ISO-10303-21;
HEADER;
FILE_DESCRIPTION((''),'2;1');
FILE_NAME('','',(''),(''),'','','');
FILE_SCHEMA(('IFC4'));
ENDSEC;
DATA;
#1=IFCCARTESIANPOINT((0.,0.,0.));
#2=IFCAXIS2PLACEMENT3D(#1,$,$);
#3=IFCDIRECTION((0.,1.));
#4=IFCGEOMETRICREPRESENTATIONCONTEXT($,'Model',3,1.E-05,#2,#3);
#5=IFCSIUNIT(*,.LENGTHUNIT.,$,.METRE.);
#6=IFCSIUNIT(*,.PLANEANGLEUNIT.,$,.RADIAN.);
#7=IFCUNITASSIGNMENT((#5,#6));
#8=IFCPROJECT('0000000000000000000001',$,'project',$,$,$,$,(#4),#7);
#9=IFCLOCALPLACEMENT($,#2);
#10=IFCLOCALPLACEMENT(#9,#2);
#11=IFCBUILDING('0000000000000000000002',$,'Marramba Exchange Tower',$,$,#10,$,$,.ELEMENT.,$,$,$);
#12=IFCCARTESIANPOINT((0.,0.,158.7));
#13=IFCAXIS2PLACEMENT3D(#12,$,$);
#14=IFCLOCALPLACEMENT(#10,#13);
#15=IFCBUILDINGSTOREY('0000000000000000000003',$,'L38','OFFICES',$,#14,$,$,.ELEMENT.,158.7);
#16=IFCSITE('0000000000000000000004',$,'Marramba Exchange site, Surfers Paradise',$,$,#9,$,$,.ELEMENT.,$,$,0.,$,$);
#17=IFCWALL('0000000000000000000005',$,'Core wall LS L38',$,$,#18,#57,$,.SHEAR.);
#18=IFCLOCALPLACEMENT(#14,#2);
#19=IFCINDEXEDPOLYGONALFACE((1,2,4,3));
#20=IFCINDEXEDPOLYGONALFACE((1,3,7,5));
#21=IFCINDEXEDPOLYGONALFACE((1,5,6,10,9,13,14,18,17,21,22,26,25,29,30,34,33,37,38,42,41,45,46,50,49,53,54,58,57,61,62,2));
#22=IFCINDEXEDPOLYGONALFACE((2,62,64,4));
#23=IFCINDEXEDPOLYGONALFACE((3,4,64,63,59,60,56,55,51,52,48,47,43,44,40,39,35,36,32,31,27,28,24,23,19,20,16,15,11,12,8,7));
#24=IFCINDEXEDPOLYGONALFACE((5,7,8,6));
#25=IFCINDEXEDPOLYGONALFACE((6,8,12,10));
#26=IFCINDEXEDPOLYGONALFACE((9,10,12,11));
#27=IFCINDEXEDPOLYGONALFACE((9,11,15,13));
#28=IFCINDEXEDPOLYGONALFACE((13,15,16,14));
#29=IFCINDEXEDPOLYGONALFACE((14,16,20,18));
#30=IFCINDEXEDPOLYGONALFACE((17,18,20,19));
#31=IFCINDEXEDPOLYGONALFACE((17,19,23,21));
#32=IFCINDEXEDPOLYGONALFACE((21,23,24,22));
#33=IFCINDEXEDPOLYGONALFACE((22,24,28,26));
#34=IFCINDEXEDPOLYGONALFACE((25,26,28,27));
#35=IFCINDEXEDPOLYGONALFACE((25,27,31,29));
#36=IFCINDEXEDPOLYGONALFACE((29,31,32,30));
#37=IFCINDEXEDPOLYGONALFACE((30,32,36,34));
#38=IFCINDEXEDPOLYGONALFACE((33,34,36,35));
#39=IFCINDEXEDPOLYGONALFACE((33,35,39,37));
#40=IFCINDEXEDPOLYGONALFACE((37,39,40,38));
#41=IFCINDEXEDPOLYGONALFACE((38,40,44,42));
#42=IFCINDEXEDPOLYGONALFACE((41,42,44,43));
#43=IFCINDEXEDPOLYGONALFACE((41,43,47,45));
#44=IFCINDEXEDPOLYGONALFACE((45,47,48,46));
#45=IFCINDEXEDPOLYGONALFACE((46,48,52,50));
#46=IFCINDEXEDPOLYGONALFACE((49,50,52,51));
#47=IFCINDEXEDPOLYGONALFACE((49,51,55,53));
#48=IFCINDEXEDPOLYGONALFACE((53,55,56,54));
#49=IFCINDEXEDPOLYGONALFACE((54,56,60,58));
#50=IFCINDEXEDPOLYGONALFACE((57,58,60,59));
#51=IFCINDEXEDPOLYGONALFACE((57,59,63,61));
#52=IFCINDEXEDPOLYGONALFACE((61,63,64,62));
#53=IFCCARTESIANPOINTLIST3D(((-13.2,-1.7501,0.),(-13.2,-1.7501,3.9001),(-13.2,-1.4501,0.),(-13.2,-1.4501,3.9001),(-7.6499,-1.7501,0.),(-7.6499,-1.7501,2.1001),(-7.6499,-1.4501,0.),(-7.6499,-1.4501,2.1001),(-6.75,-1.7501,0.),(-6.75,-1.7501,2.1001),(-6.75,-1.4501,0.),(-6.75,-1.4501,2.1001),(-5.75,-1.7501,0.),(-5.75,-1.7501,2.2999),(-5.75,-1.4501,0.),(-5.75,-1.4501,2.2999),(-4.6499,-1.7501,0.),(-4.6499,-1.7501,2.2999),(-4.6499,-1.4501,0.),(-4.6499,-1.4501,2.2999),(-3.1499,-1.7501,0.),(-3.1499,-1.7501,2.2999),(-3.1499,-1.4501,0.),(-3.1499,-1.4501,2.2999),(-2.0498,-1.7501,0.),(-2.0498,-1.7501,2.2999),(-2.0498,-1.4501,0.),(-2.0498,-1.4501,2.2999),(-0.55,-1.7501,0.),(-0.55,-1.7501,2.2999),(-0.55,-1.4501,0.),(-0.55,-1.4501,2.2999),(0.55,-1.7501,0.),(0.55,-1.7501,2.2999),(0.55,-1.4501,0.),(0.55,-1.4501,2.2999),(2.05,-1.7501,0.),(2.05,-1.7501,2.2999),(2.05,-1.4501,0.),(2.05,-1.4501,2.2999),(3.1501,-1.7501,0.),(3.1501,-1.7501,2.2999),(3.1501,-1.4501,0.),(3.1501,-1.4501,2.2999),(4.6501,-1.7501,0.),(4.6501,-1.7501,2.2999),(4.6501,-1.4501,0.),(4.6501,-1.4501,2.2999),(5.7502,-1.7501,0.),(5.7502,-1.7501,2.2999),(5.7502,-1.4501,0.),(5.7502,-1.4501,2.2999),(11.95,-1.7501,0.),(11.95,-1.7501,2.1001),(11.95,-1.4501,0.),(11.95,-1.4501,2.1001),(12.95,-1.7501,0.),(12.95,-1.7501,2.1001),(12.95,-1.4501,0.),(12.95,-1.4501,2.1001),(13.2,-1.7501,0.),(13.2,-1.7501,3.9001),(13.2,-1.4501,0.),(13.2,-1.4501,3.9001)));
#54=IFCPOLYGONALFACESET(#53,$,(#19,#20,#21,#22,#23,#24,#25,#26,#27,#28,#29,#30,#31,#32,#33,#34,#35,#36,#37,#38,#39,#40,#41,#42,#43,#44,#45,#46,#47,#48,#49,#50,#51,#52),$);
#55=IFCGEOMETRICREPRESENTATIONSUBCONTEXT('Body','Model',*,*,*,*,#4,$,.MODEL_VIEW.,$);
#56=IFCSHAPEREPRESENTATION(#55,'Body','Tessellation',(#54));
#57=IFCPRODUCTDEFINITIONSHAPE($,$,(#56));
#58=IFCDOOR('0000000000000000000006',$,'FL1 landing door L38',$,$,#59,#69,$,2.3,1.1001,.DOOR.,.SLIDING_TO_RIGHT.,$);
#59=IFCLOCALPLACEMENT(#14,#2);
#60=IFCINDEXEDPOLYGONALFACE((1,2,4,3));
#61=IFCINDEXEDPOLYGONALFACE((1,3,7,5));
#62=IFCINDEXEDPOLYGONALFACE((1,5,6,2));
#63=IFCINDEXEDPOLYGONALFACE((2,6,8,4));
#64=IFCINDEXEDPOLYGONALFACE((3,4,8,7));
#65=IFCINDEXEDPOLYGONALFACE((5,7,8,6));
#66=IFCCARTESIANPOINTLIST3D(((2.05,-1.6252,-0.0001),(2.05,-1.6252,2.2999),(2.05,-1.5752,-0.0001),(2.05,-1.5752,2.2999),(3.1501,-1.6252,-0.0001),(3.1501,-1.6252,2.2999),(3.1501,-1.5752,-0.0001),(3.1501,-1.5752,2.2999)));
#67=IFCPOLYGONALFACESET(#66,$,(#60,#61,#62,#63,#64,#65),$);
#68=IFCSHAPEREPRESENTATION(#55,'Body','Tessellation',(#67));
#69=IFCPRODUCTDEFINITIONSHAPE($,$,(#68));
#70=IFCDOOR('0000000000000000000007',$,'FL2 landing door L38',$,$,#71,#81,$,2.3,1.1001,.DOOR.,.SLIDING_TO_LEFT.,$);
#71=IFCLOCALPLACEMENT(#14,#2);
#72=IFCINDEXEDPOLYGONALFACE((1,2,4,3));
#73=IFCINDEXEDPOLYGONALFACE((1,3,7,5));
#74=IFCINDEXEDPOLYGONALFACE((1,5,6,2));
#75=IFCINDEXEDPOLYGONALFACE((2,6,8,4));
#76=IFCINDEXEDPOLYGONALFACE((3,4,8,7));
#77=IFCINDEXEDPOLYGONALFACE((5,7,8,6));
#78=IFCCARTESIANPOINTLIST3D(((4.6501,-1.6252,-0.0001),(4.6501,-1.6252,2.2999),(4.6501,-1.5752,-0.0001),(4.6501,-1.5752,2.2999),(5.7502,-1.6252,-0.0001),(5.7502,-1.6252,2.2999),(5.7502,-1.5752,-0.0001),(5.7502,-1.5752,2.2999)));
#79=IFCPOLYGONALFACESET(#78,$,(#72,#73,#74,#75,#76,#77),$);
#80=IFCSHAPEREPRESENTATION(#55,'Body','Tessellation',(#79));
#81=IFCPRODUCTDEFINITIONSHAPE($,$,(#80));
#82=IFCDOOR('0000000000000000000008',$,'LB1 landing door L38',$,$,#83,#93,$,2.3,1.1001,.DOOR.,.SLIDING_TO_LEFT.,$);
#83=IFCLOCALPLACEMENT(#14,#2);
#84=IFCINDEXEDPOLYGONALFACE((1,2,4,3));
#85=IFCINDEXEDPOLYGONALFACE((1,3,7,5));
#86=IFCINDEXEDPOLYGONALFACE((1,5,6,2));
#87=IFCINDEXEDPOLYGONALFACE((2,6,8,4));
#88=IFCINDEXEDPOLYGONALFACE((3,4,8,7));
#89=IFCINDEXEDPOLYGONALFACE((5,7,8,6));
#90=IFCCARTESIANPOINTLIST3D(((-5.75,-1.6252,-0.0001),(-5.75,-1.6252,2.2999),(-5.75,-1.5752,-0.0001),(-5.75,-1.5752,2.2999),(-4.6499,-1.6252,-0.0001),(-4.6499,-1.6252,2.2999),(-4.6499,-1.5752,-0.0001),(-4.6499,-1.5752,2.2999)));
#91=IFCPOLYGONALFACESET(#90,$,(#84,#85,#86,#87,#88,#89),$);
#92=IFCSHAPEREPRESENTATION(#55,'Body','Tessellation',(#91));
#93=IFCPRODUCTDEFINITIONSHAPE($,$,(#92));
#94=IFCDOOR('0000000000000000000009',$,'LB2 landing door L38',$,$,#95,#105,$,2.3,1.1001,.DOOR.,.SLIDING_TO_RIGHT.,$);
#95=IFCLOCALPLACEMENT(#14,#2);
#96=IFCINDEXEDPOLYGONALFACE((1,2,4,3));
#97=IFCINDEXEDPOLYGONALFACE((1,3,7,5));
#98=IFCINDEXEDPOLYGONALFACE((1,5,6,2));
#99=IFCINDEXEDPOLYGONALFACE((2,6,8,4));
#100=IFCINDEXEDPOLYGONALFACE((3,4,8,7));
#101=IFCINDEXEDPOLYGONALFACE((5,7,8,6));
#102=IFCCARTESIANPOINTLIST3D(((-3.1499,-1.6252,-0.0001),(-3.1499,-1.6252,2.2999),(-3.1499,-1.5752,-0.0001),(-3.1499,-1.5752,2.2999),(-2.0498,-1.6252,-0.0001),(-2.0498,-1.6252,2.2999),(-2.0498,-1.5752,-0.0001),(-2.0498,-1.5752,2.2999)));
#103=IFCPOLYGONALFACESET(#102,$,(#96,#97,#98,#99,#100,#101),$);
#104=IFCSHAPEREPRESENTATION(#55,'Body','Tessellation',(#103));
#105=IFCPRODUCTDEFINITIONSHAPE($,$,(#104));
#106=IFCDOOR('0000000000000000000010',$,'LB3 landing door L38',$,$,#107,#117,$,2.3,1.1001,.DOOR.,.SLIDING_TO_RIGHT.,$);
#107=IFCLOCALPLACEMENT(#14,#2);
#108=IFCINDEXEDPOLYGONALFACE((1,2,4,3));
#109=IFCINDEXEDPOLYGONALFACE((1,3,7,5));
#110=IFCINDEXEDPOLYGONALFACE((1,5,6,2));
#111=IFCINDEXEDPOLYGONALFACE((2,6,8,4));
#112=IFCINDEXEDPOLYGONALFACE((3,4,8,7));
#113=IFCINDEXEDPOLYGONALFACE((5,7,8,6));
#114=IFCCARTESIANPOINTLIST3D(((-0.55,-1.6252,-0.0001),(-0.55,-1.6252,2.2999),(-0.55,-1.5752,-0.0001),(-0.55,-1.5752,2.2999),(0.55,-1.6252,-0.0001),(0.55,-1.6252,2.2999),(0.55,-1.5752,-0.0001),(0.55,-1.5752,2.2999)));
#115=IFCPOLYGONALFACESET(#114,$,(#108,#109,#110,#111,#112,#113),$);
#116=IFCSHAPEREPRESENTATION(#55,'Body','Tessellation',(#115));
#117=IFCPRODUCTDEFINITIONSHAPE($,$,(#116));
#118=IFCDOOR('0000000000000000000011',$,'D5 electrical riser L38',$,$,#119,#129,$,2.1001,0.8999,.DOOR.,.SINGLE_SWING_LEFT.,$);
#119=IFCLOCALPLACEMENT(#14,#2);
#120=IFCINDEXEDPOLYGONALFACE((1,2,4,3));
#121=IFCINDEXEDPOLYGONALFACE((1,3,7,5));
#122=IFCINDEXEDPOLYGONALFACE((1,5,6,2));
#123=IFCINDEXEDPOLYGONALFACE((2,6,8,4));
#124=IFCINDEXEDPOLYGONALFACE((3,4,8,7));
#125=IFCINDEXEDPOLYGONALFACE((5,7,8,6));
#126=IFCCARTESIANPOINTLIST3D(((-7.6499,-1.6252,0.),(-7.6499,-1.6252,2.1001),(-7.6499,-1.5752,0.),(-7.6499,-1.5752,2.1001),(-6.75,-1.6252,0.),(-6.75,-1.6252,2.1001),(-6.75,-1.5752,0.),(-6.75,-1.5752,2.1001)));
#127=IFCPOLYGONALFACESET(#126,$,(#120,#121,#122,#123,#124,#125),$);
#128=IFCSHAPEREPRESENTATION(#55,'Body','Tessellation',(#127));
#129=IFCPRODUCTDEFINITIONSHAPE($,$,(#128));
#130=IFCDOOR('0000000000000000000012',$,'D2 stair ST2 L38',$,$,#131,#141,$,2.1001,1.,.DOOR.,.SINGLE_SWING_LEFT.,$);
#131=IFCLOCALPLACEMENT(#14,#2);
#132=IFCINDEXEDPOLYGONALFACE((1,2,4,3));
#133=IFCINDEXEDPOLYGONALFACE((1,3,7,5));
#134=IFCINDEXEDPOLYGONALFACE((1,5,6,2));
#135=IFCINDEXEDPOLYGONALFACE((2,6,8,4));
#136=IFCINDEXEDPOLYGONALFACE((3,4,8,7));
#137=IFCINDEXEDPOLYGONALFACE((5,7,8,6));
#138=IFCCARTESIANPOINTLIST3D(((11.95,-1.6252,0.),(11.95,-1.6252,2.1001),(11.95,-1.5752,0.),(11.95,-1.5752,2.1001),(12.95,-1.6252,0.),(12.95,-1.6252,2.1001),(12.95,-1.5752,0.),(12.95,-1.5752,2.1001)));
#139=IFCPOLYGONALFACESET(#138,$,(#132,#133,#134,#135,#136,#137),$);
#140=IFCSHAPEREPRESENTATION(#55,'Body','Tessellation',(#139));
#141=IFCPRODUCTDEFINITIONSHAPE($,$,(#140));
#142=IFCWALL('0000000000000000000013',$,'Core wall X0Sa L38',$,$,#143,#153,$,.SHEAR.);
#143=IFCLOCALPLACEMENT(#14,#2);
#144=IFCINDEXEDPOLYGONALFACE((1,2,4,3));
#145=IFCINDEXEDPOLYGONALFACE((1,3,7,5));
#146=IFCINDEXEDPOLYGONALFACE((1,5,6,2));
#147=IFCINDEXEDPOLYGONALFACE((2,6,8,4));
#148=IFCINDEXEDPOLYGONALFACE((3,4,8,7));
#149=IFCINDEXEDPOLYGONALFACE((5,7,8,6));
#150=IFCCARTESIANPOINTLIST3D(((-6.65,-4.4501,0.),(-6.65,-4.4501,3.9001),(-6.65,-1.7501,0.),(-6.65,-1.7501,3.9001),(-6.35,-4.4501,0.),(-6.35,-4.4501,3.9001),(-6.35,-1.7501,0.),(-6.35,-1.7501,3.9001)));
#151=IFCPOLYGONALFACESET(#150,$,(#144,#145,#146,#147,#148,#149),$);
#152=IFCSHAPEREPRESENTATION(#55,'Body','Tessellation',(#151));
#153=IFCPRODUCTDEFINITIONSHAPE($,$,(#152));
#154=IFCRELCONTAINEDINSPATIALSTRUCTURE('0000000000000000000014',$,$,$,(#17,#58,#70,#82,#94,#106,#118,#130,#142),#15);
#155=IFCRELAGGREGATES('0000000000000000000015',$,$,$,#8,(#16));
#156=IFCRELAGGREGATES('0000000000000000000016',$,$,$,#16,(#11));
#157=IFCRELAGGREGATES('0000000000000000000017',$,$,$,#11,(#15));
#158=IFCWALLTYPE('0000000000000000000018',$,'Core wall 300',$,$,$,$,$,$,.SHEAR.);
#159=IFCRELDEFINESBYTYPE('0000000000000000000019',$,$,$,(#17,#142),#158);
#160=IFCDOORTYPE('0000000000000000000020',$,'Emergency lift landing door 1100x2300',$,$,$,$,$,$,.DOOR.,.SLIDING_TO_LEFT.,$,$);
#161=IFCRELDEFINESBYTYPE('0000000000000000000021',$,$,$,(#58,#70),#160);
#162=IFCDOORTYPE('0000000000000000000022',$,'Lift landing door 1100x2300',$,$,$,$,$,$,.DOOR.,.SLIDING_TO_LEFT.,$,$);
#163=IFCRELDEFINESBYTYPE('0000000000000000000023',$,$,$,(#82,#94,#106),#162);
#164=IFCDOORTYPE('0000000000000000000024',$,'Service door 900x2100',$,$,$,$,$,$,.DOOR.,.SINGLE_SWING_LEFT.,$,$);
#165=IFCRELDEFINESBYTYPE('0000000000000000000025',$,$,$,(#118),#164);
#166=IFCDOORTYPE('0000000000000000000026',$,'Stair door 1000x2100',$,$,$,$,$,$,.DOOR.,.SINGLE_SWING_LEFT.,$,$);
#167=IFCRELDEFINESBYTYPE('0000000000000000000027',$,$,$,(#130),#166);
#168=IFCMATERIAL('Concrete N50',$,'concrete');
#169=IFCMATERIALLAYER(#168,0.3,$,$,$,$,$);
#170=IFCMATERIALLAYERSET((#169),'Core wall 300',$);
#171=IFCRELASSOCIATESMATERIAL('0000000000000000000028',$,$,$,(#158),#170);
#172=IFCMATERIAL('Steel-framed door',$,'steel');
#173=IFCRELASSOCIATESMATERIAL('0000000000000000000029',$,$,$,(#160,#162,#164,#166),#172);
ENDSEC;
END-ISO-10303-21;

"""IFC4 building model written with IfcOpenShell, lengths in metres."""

from ifc_helpers import new_model, si_unit, direction, frame, frame_2d, origin, place, context, subcontext, project, spatial, rectangle, extrude, material, layer, layer_set, type_object, element, fill, save


model = new_model("IFC4")

# Units and contexts
model_context = context("Model", 3, precision=1e-05, world=origin(), true_north=direction((0.0, 1.0)))
body_context = subcontext(model_context, "Body", "Model", "MODEL_VIEW")
ifc_project = project(units=[si_unit("LENGTHUNIT", "METRE"), si_unit("PLANEANGLEUNIT", "RADIAN")], contexts=[model_context])

# Site, building, storey
site_placement = place(None, origin())
site = spatial("IfcSite", under=ifc_project, at=site_placement, Name="Marramba Exchange site, Surfers Paradise", CompositionType="ELEMENT", RefElevation=0.0)
building_placement = place(site_placement, origin())
building = spatial("IfcBuilding", under=site, at=building_placement, Name="Marramba Exchange Tower", CompositionType="ELEMENT")
storey_placement = place(building_placement, frame((0.0, 0.0, 158.7)))
storey = spatial("IfcBuildingStorey", under=building, at=storey_placement, Name="L38", Description="OFFICES", CompositionType="ELEMENT", Elevation=158.7)

# Shared definitions
ifc_material_1 = material(Name="Concrete N50", Category="concrete")

# Wall, openings, doors
ifc_layer_1 = layer(ifc_material_1, 0.3)
ifc_layer_set_1 = layer_set([ifc_layer_1], Name="Core wall 300")
wall_type_1 = type_object("IfcWallType", Name="Core wall 300", PredefinedType="SHEAR", material=ifc_layer_set_1)
wall_1_placement = place(storey_placement, frame((-13.2, -1.6001, 0.0), z_axis=(0.0, 0.0, 1.0), x_axis=(1.0, 0.0, 0.0)))
wall_1 = element("IfcWall", 1, at=wall_1_placement, inside=storey, type_object=wall_type_1, Name="Core wall LS L38", PredefinedType="SHEAR", context=body_context, shape_type="SweptSolid", body=[
    extrude(rectangle(XDim=26.3999, YDim=0.3, at=frame_2d((13.2, 0.0))), origin(), (0.0, 0.0, 1.0), 3.9001),
])
opening_1_placement = place(wall_1_placement, frame((25.1499, 0.0, 0.0)))
opening_1 = element("IfcOpeningElement", 2, at=opening_1_placement, cuts=wall_1, PredefinedType="OPENING", context=body_context, shape_type="SweptSolid", body=[
    extrude(rectangle(XDim=1.0, YDim=2.1001, at=frame_2d((0.5, 1.05))), frame((0.0, 0.1599, 0.0), z_axis=(0.0, -1.0, 0.0), x_axis=(1.0, 0.0, 0.0)), (0.0, 0.0, 1.0), 0.3201),
])
opening_2_placement = place(wall_1_placement, frame((7.45, 0.0, 0.0)))
opening_2 = element("IfcOpeningElement", 3, at=opening_2_placement, cuts=wall_1, PredefinedType="OPENING", context=body_context, shape_type="SweptSolid", body=[
    extrude(rectangle(XDim=1.1001, YDim=2.3, at=frame_2d((0.55, 1.1499))), frame((0.0, 0.1599, 0.0), z_axis=(0.0, -1.0, 0.0), x_axis=(1.0, 0.0, 0.0)), (0.0, 0.0, 1.0), 0.3201),
])
opening_3_placement = place(wall_1_placement, frame((10.05, 0.0, 0.0)))
opening_3 = element("IfcOpeningElement", 4, at=opening_3_placement, cuts=wall_1, PredefinedType="OPENING", context=body_context, shape_type="SweptSolid", body=[
    extrude(rectangle(XDim=1.1001, YDim=2.3, at=frame_2d((0.55, 1.1499))), frame((0.0, 0.1599, 0.0), z_axis=(0.0, -1.0, 0.0), x_axis=(1.0, 0.0, 0.0)), (0.0, 0.0, 1.0), 0.3201),
])
opening_4_placement = place(wall_1_placement, frame((12.6499, 0.0, 0.0)))
opening_4 = element("IfcOpeningElement", 5, at=opening_4_placement, cuts=wall_1, PredefinedType="OPENING", context=body_context, shape_type="SweptSolid", body=[
    extrude(rectangle(XDim=1.1001, YDim=2.3, at=frame_2d((0.55, 1.1499))), frame((0.0, 0.1599, 0.0), z_axis=(0.0, -1.0, 0.0), x_axis=(1.0, 0.0, 0.0)), (0.0, 0.0, 1.0), 0.3201),
])
opening_5_placement = place(wall_1_placement, frame((15.25, 0.0, 0.0)))
opening_5 = element("IfcOpeningElement", 6, at=opening_5_placement, cuts=wall_1, PredefinedType="OPENING", context=body_context, shape_type="SweptSolid", body=[
    extrude(rectangle(XDim=1.1001, YDim=2.3, at=frame_2d((0.55, 1.1499))), frame((0.0, 0.1599, 0.0), z_axis=(0.0, -1.0, 0.0), x_axis=(1.0, 0.0, 0.0)), (0.0, 0.0, 1.0), 0.3201),
])
opening_6_placement = place(wall_1_placement, frame((17.8501, 0.0, 0.0)))
opening_6 = element("IfcOpeningElement", 7, at=opening_6_placement, cuts=wall_1, PredefinedType="OPENING", context=body_context, shape_type="SweptSolid", body=[
    extrude(rectangle(XDim=1.1001, YDim=2.3, at=frame_2d((0.55, 1.1499))), frame((0.0, 0.1599, 0.0), z_axis=(0.0, -1.0, 0.0), x_axis=(1.0, 0.0, 0.0)), (0.0, 0.0, 1.0), 0.3201),
])
opening_7_placement = place(wall_1_placement, frame((5.55, 0.0, 0.0)))
opening_7 = element("IfcOpeningElement", 8, at=opening_7_placement, cuts=wall_1, PredefinedType="OPENING", context=body_context, shape_type="SweptSolid", body=[
    extrude(rectangle(XDim=0.8999, YDim=2.1001, at=frame_2d((0.45, 1.05))), frame((0.0, 0.1599, 0.0), z_axis=(0.0, -1.0, 0.0), x_axis=(1.0, 0.0, 0.0)), (0.0, 0.0, 1.0), 0.3201),
])
ifc_material_2 = material(Name="Steel-framed door", Category="steel")
door_type_1 = type_object("IfcDoorType", Name="Emergency lift landing door 1100x2300", OperationType="SLIDING_TO_LEFT", PredefinedType="DOOR", material=ifc_material_2)
door_1_placement = place(opening_5_placement, frame((1.1001, 0.0, 0.0), z_axis=(0.0, 0.0, 1.0), x_axis=(-1.0, 0.0, 0.0)))
door_1 = element("IfcDoor", 9, at=door_1_placement, inside=storey, type_object=door_type_1, Name="FL1 landing door L38", OperationType="SLIDING_TO_RIGHT", OverallHeight=2.3, OverallWidth=1.1001, PredefinedType="DOOR", context=body_context, shape_type="SweptSolid", body=[
    extrude(rectangle(XDim=1.1001, YDim=2.3, at=frame_2d((0.55, 1.1499))), frame((0.0, 0.0251, 0.0), z_axis=(0.0, -1.0, 0.0), x_axis=(1.0, 0.0, 0.0)), (0.0, 0.0, 1.0), 0.05),
])
fill(opening_5, door_1)
door_2_placement = place(opening_6_placement, frame((1.1001, 0.0, 0.0), z_axis=(0.0, 0.0, 1.0), x_axis=(-1.0, 0.0, 0.0)))
door_2 = element("IfcDoor", 10, at=door_2_placement, inside=storey, type_object=door_type_1, Name="FL2 landing door L38", OperationType="SLIDING_TO_LEFT", OverallHeight=2.3, OverallWidth=1.1001, PredefinedType="DOOR", context=body_context, shape_type="SweptSolid", body=[
    extrude(rectangle(XDim=1.1001, YDim=2.3, at=frame_2d((0.55, 1.1499))), frame((0.0, 0.0251, 0.0), z_axis=(0.0, -1.0, 0.0), x_axis=(1.0, 0.0, 0.0)), (0.0, 0.0, 1.0), 0.05),
])
fill(opening_6, door_2)
door_type_2 = type_object("IfcDoorType", Name="Lift landing door 1100x2300", OperationType="SLIDING_TO_LEFT", PredefinedType="DOOR", material=ifc_material_2)
door_3_placement = place(opening_2_placement, frame((1.1001, 0.0, 0.0), z_axis=(0.0, 0.0, 1.0), x_axis=(-1.0, 0.0, 0.0)))
door_3 = element("IfcDoor", 11, at=door_3_placement, inside=storey, type_object=door_type_2, Name="LB1 landing door L38", OperationType="SLIDING_TO_LEFT", OverallHeight=2.3, OverallWidth=1.1001, PredefinedType="DOOR", context=body_context, shape_type="SweptSolid", body=[
    extrude(rectangle(XDim=1.1001, YDim=2.3, at=frame_2d((0.55, 1.1499))), frame((0.0, 0.0251, 0.0), z_axis=(0.0, -1.0, 0.0), x_axis=(1.0, 0.0, 0.0)), (0.0, 0.0, 1.0), 0.05),
])
fill(opening_2, door_3)
door_4_placement = place(opening_3_placement, frame((1.1001, 0.0, 0.0), z_axis=(0.0, 0.0, 1.0), x_axis=(-1.0, 0.0, 0.0)))
door_4 = element("IfcDoor", 12, at=door_4_placement, inside=storey, type_object=door_type_2, Name="LB2 landing door L38", OperationType="SLIDING_TO_RIGHT", OverallHeight=2.3, OverallWidth=1.1001, PredefinedType="DOOR", context=body_context, shape_type="SweptSolid", body=[
    extrude(rectangle(XDim=1.1001, YDim=2.3, at=frame_2d((0.55, 1.1499))), frame((0.0, 0.0251, 0.0), z_axis=(0.0, -1.0, 0.0), x_axis=(1.0, 0.0, 0.0)), (0.0, 0.0, 1.0), 0.05),
])
fill(opening_3, door_4)
door_5_placement = place(opening_4_placement, frame((1.1001, 0.0, 0.0), z_axis=(0.0, 0.0, 1.0), x_axis=(-1.0, 0.0, 0.0)))
door_5 = element("IfcDoor", 13, at=door_5_placement, inside=storey, type_object=door_type_2, Name="LB3 landing door L38", OperationType="SLIDING_TO_RIGHT", OverallHeight=2.3, OverallWidth=1.1001, PredefinedType="DOOR", context=body_context, shape_type="SweptSolid", body=[
    extrude(rectangle(XDim=1.1001, YDim=2.3, at=frame_2d((0.55, 1.1499))), frame((0.0, 0.0251, 0.0), z_axis=(0.0, -1.0, 0.0), x_axis=(1.0, 0.0, 0.0)), (0.0, 0.0, 1.0), 0.05),
])
fill(opening_4, door_5)
door_type_3 = type_object("IfcDoorType", Name="Service door 900x2100", OperationType="SINGLE_SWING_LEFT", PredefinedType="DOOR", material=ifc_material_2)
door_6_placement = place(opening_7_placement, frame((0.8999, 0.0, 0.0), z_axis=(0.0, 0.0, 1.0), x_axis=(-1.0, 0.0, 0.0)))
door_6 = element("IfcDoor", 14, at=door_6_placement, inside=storey, type_object=door_type_3, Name="D5 electrical riser L38", OperationType="SINGLE_SWING_LEFT", OverallHeight=2.1001, OverallWidth=0.8999, PredefinedType="DOOR", context=body_context, shape_type="SweptSolid", body=[
    extrude(rectangle(XDim=0.8999, YDim=2.1001, at=frame_2d((0.45, 1.05))), frame((0.0, 0.0251, 0.0), z_axis=(0.0, -1.0, 0.0), x_axis=(1.0, 0.0, 0.0)), (0.0, 0.0, 1.0), 0.05),
])
fill(opening_7, door_6)
door_type_4 = type_object("IfcDoorType", Name="Stair door 1000x2100", OperationType="SINGLE_SWING_LEFT", PredefinedType="DOOR", material=ifc_material_2)
door_7_placement = place(opening_1_placement, frame((1.0, 0.0, 0.0), z_axis=(0.0, 0.0, 1.0), x_axis=(-1.0, 0.0, 0.0)))
door_7 = element("IfcDoor", 15, at=door_7_placement, inside=storey, type_object=door_type_4, Name="D2 stair ST2 L38", OperationType="SINGLE_SWING_LEFT", OverallHeight=2.1001, OverallWidth=1.0, PredefinedType="DOOR", context=body_context, shape_type="SweptSolid", body=[
    extrude(rectangle(XDim=1.0, YDim=2.1001, at=frame_2d((0.5, 1.05))), frame((0.0, 0.0251, 0.0), z_axis=(0.0, -1.0, 0.0), x_axis=(1.0, 0.0, 0.0)), (0.0, 0.0, 1.0), 0.05),
])
fill(opening_1, door_7)

# Wall
wall_2_placement = place(storey_placement, frame((-6.5, -1.75, 0.0), z_axis=(0.0, 0.0, 1.0), x_axis=(0.0, -1.0, 0.0)))
element("IfcWall", 16, at=wall_2_placement, inside=storey, type_object=wall_type_1, Name="Core wall X0Sa L38", PredefinedType="SHEAR", context=body_context, shape_type="SweptSolid", body=[
    extrude(rectangle(XDim=2.7, YDim=0.3, at=frame_2d((1.3501, 0.0))), origin(), (0.0, 0.0, 1.0), 3.9001),
])

save(model, "model.ifc")
